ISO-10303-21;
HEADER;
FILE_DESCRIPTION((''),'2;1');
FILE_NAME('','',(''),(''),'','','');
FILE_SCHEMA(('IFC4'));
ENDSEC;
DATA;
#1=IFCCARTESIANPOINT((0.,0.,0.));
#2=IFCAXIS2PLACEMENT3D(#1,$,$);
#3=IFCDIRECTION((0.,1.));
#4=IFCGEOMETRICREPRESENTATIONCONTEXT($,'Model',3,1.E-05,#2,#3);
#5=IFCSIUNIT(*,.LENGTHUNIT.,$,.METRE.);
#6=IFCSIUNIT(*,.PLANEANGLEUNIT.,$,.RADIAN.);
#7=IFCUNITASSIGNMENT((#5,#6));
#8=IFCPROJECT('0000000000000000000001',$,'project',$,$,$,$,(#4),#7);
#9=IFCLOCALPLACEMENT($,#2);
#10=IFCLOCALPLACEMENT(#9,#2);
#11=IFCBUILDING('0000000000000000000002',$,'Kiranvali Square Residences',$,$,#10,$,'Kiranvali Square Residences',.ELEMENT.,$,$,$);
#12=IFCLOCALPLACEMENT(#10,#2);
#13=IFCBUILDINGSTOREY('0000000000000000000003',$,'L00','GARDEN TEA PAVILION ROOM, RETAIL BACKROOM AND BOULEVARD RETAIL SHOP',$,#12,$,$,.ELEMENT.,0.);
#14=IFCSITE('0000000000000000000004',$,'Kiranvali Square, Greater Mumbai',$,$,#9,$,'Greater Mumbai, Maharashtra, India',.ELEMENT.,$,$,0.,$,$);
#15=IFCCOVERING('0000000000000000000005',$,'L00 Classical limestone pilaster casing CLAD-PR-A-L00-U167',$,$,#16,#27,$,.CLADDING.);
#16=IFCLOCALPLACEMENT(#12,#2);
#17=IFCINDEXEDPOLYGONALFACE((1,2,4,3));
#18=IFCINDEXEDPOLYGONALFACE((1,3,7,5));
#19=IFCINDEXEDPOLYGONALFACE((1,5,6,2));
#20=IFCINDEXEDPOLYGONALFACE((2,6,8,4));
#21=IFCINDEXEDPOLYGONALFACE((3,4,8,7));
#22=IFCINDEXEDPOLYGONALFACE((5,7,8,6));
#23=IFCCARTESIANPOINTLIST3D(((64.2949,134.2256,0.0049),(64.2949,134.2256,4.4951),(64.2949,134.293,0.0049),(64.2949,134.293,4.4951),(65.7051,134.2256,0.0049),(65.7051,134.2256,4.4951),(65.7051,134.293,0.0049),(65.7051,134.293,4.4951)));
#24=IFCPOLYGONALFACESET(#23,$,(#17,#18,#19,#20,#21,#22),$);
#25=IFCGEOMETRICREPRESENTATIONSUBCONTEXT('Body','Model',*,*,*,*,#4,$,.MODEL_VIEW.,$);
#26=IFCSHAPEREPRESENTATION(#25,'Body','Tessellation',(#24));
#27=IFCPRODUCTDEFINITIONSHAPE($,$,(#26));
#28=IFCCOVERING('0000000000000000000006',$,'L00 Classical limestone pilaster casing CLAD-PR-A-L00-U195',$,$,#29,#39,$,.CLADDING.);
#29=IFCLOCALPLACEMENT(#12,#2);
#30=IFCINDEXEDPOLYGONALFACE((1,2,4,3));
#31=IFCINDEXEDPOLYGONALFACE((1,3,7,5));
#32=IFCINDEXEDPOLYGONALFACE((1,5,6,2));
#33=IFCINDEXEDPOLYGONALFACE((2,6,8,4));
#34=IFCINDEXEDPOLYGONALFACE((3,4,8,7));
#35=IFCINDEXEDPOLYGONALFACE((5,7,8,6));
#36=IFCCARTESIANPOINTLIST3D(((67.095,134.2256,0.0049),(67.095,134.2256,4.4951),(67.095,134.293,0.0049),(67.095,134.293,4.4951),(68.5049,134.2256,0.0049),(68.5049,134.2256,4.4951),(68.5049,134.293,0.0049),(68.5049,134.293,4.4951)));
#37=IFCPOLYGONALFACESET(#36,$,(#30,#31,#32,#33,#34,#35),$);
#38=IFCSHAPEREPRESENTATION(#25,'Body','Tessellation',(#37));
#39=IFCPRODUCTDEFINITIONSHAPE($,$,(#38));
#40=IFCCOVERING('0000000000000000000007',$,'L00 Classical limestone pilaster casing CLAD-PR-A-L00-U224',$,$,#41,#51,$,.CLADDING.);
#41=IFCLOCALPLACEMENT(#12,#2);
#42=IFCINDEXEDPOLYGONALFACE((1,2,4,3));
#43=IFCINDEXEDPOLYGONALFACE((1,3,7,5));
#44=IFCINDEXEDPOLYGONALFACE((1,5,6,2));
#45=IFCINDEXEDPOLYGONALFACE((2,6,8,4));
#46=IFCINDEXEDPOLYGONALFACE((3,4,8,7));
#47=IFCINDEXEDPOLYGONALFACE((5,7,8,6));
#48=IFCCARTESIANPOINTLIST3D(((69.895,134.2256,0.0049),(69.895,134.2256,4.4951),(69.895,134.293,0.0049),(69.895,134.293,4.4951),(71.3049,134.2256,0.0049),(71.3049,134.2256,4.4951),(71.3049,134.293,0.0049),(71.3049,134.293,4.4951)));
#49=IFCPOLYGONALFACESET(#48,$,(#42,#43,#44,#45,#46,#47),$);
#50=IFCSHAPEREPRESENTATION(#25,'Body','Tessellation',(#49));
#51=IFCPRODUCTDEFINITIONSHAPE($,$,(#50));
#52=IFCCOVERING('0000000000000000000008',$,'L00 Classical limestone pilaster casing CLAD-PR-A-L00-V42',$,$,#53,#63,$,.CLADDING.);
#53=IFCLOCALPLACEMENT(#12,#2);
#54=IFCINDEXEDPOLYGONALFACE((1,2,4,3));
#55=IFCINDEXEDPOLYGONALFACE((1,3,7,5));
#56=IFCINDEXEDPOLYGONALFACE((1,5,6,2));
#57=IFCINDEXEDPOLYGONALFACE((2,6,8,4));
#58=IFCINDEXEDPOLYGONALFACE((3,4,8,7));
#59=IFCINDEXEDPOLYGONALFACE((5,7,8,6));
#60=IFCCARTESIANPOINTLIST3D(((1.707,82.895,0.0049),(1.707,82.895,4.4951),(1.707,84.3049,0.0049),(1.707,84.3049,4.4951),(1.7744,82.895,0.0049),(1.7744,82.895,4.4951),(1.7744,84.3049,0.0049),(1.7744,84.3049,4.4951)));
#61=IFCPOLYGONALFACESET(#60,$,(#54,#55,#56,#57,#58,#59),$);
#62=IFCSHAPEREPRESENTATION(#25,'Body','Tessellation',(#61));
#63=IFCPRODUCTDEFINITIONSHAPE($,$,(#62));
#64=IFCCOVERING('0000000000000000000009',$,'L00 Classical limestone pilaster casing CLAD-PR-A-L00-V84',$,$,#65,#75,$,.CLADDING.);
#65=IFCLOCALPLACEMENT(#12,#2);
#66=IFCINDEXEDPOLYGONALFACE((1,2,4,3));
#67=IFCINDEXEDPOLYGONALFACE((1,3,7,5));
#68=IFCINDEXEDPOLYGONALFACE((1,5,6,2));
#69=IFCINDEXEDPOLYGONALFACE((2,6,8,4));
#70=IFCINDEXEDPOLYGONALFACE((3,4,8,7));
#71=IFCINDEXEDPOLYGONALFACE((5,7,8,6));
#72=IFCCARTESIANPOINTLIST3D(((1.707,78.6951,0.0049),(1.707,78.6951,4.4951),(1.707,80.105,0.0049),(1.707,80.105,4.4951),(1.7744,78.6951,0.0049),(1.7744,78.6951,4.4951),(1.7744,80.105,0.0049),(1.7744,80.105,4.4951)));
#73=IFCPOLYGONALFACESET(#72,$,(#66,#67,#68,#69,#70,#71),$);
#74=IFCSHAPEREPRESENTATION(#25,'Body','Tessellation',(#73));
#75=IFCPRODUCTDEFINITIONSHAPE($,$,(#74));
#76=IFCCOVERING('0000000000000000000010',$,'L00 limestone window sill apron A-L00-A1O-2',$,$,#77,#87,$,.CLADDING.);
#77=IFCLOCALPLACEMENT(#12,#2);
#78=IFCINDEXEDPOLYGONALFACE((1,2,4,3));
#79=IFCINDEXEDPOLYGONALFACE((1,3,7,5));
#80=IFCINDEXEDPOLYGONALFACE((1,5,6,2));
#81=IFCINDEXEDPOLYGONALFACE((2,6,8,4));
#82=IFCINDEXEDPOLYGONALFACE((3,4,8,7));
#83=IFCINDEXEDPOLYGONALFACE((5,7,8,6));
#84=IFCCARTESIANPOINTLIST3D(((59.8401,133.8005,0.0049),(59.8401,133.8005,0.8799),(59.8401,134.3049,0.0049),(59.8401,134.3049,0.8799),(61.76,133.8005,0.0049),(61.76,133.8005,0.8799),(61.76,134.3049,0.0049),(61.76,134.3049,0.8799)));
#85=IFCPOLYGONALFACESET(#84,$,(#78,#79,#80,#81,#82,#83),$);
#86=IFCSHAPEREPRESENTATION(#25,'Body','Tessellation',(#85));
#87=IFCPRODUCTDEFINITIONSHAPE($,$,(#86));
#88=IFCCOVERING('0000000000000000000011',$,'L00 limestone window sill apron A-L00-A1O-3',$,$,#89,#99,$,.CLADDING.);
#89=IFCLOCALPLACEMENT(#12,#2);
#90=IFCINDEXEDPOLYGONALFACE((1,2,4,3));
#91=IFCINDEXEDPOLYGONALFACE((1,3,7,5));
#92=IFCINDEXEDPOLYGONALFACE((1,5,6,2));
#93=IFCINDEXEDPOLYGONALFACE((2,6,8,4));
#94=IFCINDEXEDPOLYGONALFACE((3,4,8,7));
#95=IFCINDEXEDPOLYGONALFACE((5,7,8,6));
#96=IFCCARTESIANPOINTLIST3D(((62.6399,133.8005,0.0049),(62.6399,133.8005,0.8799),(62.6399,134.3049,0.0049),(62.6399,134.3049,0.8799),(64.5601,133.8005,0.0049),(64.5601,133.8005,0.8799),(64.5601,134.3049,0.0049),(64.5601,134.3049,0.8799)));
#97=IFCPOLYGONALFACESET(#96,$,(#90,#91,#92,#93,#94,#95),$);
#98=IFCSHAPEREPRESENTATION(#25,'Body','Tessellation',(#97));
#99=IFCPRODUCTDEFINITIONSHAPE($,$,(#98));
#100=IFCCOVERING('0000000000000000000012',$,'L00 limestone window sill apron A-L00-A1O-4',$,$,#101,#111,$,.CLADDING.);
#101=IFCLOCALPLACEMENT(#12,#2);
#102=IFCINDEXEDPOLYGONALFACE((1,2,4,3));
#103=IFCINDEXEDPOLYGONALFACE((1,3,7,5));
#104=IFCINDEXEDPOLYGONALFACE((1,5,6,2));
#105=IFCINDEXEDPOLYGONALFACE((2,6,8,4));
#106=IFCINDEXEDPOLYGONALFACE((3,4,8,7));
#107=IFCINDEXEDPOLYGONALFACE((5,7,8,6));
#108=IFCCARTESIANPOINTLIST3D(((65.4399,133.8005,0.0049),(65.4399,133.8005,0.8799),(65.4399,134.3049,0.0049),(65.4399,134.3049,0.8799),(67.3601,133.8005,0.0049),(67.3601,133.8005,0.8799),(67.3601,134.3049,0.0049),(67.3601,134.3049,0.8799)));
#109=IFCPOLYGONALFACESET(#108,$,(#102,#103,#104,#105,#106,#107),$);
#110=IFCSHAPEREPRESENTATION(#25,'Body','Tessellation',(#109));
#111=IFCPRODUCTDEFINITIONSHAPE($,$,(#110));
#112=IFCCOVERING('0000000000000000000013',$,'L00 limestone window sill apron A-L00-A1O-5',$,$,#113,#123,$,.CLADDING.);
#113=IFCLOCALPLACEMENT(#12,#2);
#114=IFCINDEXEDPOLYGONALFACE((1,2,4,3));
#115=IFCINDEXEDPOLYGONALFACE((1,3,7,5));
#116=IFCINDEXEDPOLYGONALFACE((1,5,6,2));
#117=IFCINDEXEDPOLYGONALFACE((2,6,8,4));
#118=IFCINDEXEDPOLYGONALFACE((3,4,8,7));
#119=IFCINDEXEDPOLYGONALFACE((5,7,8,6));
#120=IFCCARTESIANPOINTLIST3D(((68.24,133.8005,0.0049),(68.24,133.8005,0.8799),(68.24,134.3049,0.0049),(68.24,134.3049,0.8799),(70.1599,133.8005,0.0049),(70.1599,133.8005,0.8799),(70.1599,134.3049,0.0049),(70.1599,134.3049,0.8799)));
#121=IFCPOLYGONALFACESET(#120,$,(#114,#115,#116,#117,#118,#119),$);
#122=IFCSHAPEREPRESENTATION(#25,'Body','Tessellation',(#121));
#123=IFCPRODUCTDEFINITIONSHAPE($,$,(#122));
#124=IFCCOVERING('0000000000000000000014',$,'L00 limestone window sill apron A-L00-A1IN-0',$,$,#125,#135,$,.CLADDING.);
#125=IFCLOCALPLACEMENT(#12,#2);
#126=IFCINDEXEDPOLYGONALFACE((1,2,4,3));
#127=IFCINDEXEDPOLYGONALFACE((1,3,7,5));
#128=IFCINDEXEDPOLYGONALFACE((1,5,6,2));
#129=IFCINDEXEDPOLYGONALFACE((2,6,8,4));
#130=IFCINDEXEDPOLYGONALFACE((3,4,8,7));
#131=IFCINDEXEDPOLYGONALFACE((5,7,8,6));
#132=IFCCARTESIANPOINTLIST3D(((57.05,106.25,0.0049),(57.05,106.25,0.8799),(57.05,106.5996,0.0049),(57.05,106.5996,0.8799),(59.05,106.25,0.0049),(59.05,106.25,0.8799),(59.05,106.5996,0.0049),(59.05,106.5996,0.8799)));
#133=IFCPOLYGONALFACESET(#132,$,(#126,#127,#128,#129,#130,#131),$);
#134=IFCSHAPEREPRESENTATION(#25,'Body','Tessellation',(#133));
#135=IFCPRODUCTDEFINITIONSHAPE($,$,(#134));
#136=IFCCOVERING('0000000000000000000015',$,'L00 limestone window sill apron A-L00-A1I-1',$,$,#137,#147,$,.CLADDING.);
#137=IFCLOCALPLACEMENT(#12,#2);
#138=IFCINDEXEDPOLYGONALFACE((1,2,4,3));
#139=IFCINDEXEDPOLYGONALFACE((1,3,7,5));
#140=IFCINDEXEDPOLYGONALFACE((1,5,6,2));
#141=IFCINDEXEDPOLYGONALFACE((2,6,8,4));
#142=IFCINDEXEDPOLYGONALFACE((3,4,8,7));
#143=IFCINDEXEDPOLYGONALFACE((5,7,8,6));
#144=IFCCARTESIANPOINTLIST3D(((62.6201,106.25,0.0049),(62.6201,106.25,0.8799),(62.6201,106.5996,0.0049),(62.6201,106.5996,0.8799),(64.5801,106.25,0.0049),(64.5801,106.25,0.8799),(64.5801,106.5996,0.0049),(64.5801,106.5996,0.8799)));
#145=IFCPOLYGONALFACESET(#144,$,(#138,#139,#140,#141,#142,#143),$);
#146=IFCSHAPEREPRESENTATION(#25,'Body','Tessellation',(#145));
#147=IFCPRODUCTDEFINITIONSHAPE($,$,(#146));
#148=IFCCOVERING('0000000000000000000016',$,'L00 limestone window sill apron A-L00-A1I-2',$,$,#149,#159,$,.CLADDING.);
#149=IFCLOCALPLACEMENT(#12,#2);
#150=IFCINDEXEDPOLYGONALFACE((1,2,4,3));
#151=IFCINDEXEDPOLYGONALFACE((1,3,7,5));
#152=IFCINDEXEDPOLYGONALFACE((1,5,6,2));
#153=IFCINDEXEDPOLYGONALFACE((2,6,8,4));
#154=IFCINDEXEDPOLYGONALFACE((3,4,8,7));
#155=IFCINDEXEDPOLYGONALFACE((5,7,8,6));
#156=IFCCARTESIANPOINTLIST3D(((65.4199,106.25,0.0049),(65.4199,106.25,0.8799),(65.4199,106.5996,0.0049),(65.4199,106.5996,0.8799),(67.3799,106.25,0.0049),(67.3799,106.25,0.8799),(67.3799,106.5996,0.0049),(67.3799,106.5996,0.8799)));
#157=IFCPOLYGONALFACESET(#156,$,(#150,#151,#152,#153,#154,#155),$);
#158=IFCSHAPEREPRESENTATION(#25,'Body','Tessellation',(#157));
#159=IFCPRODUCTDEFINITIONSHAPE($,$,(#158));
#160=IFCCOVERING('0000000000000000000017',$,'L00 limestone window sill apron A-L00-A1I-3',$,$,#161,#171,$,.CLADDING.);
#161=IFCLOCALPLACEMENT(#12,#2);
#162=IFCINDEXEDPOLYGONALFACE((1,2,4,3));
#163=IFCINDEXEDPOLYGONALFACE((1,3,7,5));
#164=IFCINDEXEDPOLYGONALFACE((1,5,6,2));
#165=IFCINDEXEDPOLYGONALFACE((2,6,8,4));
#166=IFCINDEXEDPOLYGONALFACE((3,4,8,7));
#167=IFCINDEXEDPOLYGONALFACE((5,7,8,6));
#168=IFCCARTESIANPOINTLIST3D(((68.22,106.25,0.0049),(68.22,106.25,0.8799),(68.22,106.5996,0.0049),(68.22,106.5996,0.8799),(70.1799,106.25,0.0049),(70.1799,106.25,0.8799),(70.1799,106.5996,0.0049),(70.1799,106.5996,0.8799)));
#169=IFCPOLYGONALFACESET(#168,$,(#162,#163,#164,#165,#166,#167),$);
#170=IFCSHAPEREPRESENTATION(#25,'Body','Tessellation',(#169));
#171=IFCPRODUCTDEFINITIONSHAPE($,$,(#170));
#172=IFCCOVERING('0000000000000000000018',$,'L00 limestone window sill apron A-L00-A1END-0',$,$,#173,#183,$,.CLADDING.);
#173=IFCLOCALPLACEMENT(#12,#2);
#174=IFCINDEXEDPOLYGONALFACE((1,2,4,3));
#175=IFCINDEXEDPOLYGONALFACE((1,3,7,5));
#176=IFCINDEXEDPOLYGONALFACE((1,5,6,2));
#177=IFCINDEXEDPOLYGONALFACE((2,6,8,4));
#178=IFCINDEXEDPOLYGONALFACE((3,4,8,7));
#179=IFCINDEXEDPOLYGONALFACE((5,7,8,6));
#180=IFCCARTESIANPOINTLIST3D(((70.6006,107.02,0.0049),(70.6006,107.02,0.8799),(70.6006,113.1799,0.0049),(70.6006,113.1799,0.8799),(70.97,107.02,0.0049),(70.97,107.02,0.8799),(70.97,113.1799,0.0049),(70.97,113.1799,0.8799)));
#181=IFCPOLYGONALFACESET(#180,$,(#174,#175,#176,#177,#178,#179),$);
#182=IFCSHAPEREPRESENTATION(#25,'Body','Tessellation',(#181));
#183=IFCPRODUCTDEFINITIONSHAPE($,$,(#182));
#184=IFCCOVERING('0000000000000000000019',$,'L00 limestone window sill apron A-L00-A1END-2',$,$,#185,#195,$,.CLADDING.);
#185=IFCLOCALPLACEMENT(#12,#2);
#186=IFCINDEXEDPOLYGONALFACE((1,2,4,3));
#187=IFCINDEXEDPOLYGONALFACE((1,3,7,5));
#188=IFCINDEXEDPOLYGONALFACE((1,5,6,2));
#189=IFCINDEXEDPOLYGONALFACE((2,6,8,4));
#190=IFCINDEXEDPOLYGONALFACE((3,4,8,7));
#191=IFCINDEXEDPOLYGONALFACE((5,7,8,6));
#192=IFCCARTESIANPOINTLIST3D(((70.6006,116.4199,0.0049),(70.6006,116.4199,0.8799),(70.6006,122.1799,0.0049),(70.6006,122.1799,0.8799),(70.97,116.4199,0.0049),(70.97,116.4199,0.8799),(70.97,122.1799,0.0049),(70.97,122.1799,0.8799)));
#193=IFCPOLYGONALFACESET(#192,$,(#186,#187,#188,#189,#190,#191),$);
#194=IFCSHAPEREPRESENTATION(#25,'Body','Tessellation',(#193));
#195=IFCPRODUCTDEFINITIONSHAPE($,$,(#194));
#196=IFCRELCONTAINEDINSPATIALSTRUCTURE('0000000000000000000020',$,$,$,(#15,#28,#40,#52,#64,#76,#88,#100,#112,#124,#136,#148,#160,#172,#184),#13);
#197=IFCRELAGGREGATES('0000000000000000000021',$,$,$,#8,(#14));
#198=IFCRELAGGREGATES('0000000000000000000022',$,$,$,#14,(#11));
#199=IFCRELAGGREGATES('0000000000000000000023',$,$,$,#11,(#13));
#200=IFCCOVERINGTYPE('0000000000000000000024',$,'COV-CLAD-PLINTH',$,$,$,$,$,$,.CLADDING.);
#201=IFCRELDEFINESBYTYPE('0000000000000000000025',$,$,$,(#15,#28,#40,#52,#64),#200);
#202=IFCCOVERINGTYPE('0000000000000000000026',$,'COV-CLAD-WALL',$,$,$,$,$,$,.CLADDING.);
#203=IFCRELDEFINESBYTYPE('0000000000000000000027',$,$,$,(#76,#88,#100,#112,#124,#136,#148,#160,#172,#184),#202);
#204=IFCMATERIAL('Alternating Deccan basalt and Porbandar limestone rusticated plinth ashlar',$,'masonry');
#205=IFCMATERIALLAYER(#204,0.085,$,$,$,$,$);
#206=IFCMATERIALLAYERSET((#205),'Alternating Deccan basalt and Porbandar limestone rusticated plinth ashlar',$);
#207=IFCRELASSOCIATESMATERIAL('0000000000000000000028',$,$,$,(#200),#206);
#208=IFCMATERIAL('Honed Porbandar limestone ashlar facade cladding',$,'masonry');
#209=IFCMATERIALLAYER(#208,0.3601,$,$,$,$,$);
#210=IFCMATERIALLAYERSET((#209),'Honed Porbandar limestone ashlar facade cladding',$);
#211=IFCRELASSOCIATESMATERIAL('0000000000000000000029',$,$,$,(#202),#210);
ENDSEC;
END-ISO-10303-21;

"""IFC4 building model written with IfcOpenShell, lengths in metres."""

from ifc_helpers import new_model, si_unit, direction, frame, origin, place, context, subcontext, project, spatial, polyline, outline, extrude, material, layer, layer_set, type_object, element, save


model = new_model("IFC4")

# Units and contexts
model_context = context("Model", 3, precision=1e-05, world=origin(), true_north=direction((0.0, 1.0)))
body_context = subcontext(model_context, "Body", "Model", "MODEL_VIEW")
ifc_project = project(units=[si_unit("LENGTHUNIT", "METRE"), si_unit("PLANEANGLEUNIT", "RADIAN")], contexts=[model_context])

# Site, building, storey
site_placement = place(None, origin())
site = spatial("IfcSite", under=ifc_project, at=site_placement, Name="Kiranvali Square, Greater Mumbai", LongName="Greater Mumbai, Maharashtra, India", CompositionType="ELEMENT", RefElevation=0.0)
building_placement = place(site_placement, origin())
building = spatial("IfcBuilding", under=site, at=building_placement, Name="Kiranvali Square Residences", LongName="Kiranvali Square Residences", CompositionType="ELEMENT")
storey_placement = place(building_placement, origin())
storey = spatial("IfcBuildingStorey", under=building, at=storey_placement, Name="L00", Description="GARDEN TEA PAVILION ROOM, RETAIL BACKROOM AND BOULEVARD RETAIL SHOP", CompositionType="ELEMENT", Elevation=0.0)

# Coverings
ifc_material_1 = material(Name="Honed Porbandar limestone ashlar facade cladding", Category="masonry")
ifc_material_2 = material(Name="Alternating Deccan basalt and Porbandar limestone rusticated plinth ashlar", Category="masonry")
ifc_layer_1 = layer(ifc_material_2, 0.085)
ifc_layer_set_1 = layer_set([ifc_layer_1], Name="Alternating Deccan basalt and Porbandar limestone rusticated plinth ashlar")
covering_type_1 = type_object("IfcCoveringType", Name="COV-CLAD-PLINTH", PredefinedType="CLADDING", material=ifc_layer_set_1)
covering_1_placement = place(storey_placement, frame((0.0, 0.0, 0.0049)))
element("IfcCovering", 1, at=covering_1_placement, inside=storey, type_object=covering_type_1, Name="L00 Classical limestone pilaster casing CLAD-PR-A-L00-U167", PredefinedType="CLADDING", context=body_context, shape_type="SweptSolid", body=[
    extrude(outline(polyline([(64.2949, 134.2256), (65.7051, 134.2256), (65.7051, 134.293), (64.2949, 134.293), (64.2949, 134.2256)])), origin(), (0.0, 0.0, 1.0), 4.4902),
])
covering_2_placement = place(storey_placement, frame((0.0, 0.0, 0.0049)))
element("IfcCovering", 2, at=covering_2_placement, inside=storey, type_object=covering_type_1, Name="L00 Classical limestone pilaster casing CLAD-PR-A-L00-U195", PredefinedType="CLADDING", context=body_context, shape_type="SweptSolid", body=[
    extrude(outline(polyline([(67.095, 134.2256), (68.5049, 134.2256), (68.5049, 134.293), (67.095, 134.293), (67.095, 134.2256)])), origin(), (0.0, 0.0, 1.0), 4.4902),
])
covering_3_placement = place(storey_placement, frame((0.0, 0.0, 0.0049)))
element("IfcCovering", 3, at=covering_3_placement, inside=storey, type_object=covering_type_1, Name="L00 Classical limestone pilaster casing CLAD-PR-A-L00-U224", PredefinedType="CLADDING", context=body_context, shape_type="SweptSolid", body=[
    extrude(outline(polyline([(69.895, 134.2256), (71.3049, 134.2256), (71.3049, 134.293), (69.895, 134.293), (69.895, 134.2256)])), origin(), (0.0, 0.0, 1.0), 4.4902),
])
covering_4_placement = place(storey_placement, frame((0.0, 0.0, 0.0049)))
element("IfcCovering", 4, at=covering_4_placement, inside=storey, type_object=covering_type_1, Name="L00 Classical limestone pilaster casing CLAD-PR-A-L00-V42", PredefinedType="CLADDING", context=body_context, shape_type="SweptSolid", body=[
    extrude(outline(polyline([(1.707, 84.3049), (1.707, 82.895), (1.7744, 82.895), (1.7744, 84.3049), (1.707, 84.3049)])), origin(), (0.0, 0.0, 1.0), 4.4902),
])
covering_5_placement = place(storey_placement, frame((0.0, 0.0, 0.0049)))
element("IfcCovering", 5, at=covering_5_placement, inside=storey, type_object=covering_type_1, Name="L00 Classical limestone pilaster casing CLAD-PR-A-L00-V84", PredefinedType="CLADDING", context=body_context, shape_type="SweptSolid", body=[
    extrude(outline(polyline([(1.707, 80.105), (1.707, 78.6951), (1.7744, 78.6951), (1.7744, 80.105), (1.707, 80.105)])), origin(), (0.0, 0.0, 1.0), 4.4902),
])
ifc_layer_2 = layer(ifc_material_1, 0.3601)
ifc_layer_set_2 = layer_set([ifc_layer_2], Name="Honed Porbandar limestone ashlar facade cladding")
covering_type_2 = type_object("IfcCoveringType", Name="COV-CLAD-WALL", PredefinedType="CLADDING", material=ifc_layer_set_2)
covering_6_placement = place(storey_placement, frame((0.0, 0.0, 0.0049)))
element("IfcCovering", 6, at=covering_6_placement, inside=storey, type_object=covering_type_2, Name="L00 limestone window sill apron A-L00-A1O-2", PredefinedType="CLADDING", context=body_context, shape_type="SweptSolid", body=[
    extrude(outline(polyline([(59.8401, 133.8005), (61.76, 133.8005), (61.76, 134.3049), (59.8401, 134.3049), (59.8401, 133.8005)])), origin(), (0.0, 0.0, 1.0), 0.875),
])
covering_7_placement = place(storey_placement, frame((0.0, 0.0, 0.0049)))
element("IfcCovering", 7, at=covering_7_placement, inside=storey, type_object=covering_type_2, Name="L00 limestone window sill apron A-L00-A1O-3", PredefinedType="CLADDING", context=body_context, shape_type="SweptSolid", body=[
    extrude(outline(polyline([(62.6399, 133.8005), (64.5601, 133.8005), (64.5601, 134.3049), (62.6399, 134.3049), (62.6399, 133.8005)])), origin(), (0.0, 0.0, 1.0), 0.875),
])
covering_8_placement = place(storey_placement, frame((0.0, 0.0, 0.0049)))
element("IfcCovering", 8, at=covering_8_placement, inside=storey, type_object=covering_type_2, Name="L00 limestone window sill apron A-L00-A1O-4", PredefinedType="CLADDING", context=body_context, shape_type="SweptSolid", body=[
    extrude(outline(polyline([(65.4399, 133.8005), (67.3601, 133.8005), (67.3601, 134.3049), (65.4399, 134.3049), (65.4399, 133.8005)])), origin(), (0.0, 0.0, 1.0), 0.875),
])
covering_9_placement = place(storey_placement, frame((0.0, 0.0, 0.0049)))
element("IfcCovering", 9, at=covering_9_placement, inside=storey, type_object=covering_type_2, Name="L00 limestone window sill apron A-L00-A1O-5", PredefinedType="CLADDING", context=body_context, shape_type="SweptSolid", body=[
    extrude(outline(polyline([(68.24, 133.8005), (70.1599, 133.8005), (70.1599, 134.3049), (68.24, 134.3049), (68.24, 133.8005)])), origin(), (0.0, 0.0, 1.0), 0.875),
])
covering_10_placement = place(storey_placement, frame((0.0, 0.0, 0.0049)))
element("IfcCovering", 10, at=covering_10_placement, inside=storey, type_object=covering_type_2, Name="L00 limestone window sill apron A-L00-A1IN-0", PredefinedType="CLADDING", context=body_context, shape_type="SweptSolid", body=[
    extrude(outline(polyline([(57.05, 106.25), (59.05, 106.25), (59.05, 106.5996), (57.05, 106.5996), (57.05, 106.25)])), origin(), (0.0, 0.0, 1.0), 0.875),
])
covering_11_placement = place(storey_placement, frame((0.0, 0.0, 0.0049)))
element("IfcCovering", 11, at=covering_11_placement, inside=storey, type_object=covering_type_2, Name="L00 limestone window sill apron A-L00-A1I-1", PredefinedType="CLADDING", context=body_context, shape_type="SweptSolid", body=[
    extrude(outline(polyline([(62.6201, 106.25), (64.5801, 106.25), (64.5801, 106.5996), (62.6201, 106.5996), (62.6201, 106.25)])), origin(), (0.0, 0.0, 1.0), 0.875),
])
covering_12_placement = place(storey_placement, frame((0.0, 0.0, 0.0049)))
element("IfcCovering", 12, at=covering_12_placement, inside=storey, type_object=covering_type_2, Name="L00 limestone window sill apron A-L00-A1I-2", PredefinedType="CLADDING", context=body_context, shape_type="SweptSolid", body=[
    extrude(outline(polyline([(65.4199, 106.25), (67.3799, 106.25), (67.3799, 106.5996), (65.4199, 106.5996), (65.4199, 106.25)])), origin(), (0.0, 0.0, 1.0), 0.875),
])
covering_13_placement = place(storey_placement, frame((0.0, 0.0, 0.0049)))
element("IfcCovering", 13, at=covering_13_placement, inside=storey, type_object=covering_type_2, Name="L00 limestone window sill apron A-L00-A1I-3", PredefinedType="CLADDING", context=body_context, shape_type="SweptSolid", body=[
    extrude(outline(polyline([(68.22, 106.25), (70.1799, 106.25), (70.1799, 106.5996), (68.22, 106.5996), (68.22, 106.25)])), origin(), (0.0, 0.0, 1.0), 0.875),
])
covering_14_placement = place(storey_placement, frame((0.0, 0.0, 0.0049)))
element("IfcCovering", 14, at=covering_14_placement, inside=storey, type_object=covering_type_2, Name="L00 limestone window sill apron A-L00-A1END-0", PredefinedType="CLADDING", context=body_context, shape_type="SweptSolid", body=[
    extrude(outline(polyline([(70.97, 107.02), (70.97, 113.1799), (70.6006, 113.1799), (70.6006, 107.02), (70.97, 107.02)])), origin(), (0.0, 0.0, 1.0), 0.875),
])
covering_15_placement = place(storey_placement, frame((0.0, 0.0, 0.0049)))
element("IfcCovering", 15, at=covering_15_placement, inside=storey, type_object=covering_type_2, Name="L00 limestone window sill apron A-L00-A1END-2", PredefinedType="CLADDING", context=body_context, shape_type="SweptSolid", body=[
    extrude(outline(polyline([(70.97, 116.4199), (70.97, 122.1799), (70.6006, 122.1799), (70.6006, 116.4199), (70.97, 116.4199)])), origin(), (0.0, 0.0, 1.0), 0.875),
])

save(model, "model.ifc")
